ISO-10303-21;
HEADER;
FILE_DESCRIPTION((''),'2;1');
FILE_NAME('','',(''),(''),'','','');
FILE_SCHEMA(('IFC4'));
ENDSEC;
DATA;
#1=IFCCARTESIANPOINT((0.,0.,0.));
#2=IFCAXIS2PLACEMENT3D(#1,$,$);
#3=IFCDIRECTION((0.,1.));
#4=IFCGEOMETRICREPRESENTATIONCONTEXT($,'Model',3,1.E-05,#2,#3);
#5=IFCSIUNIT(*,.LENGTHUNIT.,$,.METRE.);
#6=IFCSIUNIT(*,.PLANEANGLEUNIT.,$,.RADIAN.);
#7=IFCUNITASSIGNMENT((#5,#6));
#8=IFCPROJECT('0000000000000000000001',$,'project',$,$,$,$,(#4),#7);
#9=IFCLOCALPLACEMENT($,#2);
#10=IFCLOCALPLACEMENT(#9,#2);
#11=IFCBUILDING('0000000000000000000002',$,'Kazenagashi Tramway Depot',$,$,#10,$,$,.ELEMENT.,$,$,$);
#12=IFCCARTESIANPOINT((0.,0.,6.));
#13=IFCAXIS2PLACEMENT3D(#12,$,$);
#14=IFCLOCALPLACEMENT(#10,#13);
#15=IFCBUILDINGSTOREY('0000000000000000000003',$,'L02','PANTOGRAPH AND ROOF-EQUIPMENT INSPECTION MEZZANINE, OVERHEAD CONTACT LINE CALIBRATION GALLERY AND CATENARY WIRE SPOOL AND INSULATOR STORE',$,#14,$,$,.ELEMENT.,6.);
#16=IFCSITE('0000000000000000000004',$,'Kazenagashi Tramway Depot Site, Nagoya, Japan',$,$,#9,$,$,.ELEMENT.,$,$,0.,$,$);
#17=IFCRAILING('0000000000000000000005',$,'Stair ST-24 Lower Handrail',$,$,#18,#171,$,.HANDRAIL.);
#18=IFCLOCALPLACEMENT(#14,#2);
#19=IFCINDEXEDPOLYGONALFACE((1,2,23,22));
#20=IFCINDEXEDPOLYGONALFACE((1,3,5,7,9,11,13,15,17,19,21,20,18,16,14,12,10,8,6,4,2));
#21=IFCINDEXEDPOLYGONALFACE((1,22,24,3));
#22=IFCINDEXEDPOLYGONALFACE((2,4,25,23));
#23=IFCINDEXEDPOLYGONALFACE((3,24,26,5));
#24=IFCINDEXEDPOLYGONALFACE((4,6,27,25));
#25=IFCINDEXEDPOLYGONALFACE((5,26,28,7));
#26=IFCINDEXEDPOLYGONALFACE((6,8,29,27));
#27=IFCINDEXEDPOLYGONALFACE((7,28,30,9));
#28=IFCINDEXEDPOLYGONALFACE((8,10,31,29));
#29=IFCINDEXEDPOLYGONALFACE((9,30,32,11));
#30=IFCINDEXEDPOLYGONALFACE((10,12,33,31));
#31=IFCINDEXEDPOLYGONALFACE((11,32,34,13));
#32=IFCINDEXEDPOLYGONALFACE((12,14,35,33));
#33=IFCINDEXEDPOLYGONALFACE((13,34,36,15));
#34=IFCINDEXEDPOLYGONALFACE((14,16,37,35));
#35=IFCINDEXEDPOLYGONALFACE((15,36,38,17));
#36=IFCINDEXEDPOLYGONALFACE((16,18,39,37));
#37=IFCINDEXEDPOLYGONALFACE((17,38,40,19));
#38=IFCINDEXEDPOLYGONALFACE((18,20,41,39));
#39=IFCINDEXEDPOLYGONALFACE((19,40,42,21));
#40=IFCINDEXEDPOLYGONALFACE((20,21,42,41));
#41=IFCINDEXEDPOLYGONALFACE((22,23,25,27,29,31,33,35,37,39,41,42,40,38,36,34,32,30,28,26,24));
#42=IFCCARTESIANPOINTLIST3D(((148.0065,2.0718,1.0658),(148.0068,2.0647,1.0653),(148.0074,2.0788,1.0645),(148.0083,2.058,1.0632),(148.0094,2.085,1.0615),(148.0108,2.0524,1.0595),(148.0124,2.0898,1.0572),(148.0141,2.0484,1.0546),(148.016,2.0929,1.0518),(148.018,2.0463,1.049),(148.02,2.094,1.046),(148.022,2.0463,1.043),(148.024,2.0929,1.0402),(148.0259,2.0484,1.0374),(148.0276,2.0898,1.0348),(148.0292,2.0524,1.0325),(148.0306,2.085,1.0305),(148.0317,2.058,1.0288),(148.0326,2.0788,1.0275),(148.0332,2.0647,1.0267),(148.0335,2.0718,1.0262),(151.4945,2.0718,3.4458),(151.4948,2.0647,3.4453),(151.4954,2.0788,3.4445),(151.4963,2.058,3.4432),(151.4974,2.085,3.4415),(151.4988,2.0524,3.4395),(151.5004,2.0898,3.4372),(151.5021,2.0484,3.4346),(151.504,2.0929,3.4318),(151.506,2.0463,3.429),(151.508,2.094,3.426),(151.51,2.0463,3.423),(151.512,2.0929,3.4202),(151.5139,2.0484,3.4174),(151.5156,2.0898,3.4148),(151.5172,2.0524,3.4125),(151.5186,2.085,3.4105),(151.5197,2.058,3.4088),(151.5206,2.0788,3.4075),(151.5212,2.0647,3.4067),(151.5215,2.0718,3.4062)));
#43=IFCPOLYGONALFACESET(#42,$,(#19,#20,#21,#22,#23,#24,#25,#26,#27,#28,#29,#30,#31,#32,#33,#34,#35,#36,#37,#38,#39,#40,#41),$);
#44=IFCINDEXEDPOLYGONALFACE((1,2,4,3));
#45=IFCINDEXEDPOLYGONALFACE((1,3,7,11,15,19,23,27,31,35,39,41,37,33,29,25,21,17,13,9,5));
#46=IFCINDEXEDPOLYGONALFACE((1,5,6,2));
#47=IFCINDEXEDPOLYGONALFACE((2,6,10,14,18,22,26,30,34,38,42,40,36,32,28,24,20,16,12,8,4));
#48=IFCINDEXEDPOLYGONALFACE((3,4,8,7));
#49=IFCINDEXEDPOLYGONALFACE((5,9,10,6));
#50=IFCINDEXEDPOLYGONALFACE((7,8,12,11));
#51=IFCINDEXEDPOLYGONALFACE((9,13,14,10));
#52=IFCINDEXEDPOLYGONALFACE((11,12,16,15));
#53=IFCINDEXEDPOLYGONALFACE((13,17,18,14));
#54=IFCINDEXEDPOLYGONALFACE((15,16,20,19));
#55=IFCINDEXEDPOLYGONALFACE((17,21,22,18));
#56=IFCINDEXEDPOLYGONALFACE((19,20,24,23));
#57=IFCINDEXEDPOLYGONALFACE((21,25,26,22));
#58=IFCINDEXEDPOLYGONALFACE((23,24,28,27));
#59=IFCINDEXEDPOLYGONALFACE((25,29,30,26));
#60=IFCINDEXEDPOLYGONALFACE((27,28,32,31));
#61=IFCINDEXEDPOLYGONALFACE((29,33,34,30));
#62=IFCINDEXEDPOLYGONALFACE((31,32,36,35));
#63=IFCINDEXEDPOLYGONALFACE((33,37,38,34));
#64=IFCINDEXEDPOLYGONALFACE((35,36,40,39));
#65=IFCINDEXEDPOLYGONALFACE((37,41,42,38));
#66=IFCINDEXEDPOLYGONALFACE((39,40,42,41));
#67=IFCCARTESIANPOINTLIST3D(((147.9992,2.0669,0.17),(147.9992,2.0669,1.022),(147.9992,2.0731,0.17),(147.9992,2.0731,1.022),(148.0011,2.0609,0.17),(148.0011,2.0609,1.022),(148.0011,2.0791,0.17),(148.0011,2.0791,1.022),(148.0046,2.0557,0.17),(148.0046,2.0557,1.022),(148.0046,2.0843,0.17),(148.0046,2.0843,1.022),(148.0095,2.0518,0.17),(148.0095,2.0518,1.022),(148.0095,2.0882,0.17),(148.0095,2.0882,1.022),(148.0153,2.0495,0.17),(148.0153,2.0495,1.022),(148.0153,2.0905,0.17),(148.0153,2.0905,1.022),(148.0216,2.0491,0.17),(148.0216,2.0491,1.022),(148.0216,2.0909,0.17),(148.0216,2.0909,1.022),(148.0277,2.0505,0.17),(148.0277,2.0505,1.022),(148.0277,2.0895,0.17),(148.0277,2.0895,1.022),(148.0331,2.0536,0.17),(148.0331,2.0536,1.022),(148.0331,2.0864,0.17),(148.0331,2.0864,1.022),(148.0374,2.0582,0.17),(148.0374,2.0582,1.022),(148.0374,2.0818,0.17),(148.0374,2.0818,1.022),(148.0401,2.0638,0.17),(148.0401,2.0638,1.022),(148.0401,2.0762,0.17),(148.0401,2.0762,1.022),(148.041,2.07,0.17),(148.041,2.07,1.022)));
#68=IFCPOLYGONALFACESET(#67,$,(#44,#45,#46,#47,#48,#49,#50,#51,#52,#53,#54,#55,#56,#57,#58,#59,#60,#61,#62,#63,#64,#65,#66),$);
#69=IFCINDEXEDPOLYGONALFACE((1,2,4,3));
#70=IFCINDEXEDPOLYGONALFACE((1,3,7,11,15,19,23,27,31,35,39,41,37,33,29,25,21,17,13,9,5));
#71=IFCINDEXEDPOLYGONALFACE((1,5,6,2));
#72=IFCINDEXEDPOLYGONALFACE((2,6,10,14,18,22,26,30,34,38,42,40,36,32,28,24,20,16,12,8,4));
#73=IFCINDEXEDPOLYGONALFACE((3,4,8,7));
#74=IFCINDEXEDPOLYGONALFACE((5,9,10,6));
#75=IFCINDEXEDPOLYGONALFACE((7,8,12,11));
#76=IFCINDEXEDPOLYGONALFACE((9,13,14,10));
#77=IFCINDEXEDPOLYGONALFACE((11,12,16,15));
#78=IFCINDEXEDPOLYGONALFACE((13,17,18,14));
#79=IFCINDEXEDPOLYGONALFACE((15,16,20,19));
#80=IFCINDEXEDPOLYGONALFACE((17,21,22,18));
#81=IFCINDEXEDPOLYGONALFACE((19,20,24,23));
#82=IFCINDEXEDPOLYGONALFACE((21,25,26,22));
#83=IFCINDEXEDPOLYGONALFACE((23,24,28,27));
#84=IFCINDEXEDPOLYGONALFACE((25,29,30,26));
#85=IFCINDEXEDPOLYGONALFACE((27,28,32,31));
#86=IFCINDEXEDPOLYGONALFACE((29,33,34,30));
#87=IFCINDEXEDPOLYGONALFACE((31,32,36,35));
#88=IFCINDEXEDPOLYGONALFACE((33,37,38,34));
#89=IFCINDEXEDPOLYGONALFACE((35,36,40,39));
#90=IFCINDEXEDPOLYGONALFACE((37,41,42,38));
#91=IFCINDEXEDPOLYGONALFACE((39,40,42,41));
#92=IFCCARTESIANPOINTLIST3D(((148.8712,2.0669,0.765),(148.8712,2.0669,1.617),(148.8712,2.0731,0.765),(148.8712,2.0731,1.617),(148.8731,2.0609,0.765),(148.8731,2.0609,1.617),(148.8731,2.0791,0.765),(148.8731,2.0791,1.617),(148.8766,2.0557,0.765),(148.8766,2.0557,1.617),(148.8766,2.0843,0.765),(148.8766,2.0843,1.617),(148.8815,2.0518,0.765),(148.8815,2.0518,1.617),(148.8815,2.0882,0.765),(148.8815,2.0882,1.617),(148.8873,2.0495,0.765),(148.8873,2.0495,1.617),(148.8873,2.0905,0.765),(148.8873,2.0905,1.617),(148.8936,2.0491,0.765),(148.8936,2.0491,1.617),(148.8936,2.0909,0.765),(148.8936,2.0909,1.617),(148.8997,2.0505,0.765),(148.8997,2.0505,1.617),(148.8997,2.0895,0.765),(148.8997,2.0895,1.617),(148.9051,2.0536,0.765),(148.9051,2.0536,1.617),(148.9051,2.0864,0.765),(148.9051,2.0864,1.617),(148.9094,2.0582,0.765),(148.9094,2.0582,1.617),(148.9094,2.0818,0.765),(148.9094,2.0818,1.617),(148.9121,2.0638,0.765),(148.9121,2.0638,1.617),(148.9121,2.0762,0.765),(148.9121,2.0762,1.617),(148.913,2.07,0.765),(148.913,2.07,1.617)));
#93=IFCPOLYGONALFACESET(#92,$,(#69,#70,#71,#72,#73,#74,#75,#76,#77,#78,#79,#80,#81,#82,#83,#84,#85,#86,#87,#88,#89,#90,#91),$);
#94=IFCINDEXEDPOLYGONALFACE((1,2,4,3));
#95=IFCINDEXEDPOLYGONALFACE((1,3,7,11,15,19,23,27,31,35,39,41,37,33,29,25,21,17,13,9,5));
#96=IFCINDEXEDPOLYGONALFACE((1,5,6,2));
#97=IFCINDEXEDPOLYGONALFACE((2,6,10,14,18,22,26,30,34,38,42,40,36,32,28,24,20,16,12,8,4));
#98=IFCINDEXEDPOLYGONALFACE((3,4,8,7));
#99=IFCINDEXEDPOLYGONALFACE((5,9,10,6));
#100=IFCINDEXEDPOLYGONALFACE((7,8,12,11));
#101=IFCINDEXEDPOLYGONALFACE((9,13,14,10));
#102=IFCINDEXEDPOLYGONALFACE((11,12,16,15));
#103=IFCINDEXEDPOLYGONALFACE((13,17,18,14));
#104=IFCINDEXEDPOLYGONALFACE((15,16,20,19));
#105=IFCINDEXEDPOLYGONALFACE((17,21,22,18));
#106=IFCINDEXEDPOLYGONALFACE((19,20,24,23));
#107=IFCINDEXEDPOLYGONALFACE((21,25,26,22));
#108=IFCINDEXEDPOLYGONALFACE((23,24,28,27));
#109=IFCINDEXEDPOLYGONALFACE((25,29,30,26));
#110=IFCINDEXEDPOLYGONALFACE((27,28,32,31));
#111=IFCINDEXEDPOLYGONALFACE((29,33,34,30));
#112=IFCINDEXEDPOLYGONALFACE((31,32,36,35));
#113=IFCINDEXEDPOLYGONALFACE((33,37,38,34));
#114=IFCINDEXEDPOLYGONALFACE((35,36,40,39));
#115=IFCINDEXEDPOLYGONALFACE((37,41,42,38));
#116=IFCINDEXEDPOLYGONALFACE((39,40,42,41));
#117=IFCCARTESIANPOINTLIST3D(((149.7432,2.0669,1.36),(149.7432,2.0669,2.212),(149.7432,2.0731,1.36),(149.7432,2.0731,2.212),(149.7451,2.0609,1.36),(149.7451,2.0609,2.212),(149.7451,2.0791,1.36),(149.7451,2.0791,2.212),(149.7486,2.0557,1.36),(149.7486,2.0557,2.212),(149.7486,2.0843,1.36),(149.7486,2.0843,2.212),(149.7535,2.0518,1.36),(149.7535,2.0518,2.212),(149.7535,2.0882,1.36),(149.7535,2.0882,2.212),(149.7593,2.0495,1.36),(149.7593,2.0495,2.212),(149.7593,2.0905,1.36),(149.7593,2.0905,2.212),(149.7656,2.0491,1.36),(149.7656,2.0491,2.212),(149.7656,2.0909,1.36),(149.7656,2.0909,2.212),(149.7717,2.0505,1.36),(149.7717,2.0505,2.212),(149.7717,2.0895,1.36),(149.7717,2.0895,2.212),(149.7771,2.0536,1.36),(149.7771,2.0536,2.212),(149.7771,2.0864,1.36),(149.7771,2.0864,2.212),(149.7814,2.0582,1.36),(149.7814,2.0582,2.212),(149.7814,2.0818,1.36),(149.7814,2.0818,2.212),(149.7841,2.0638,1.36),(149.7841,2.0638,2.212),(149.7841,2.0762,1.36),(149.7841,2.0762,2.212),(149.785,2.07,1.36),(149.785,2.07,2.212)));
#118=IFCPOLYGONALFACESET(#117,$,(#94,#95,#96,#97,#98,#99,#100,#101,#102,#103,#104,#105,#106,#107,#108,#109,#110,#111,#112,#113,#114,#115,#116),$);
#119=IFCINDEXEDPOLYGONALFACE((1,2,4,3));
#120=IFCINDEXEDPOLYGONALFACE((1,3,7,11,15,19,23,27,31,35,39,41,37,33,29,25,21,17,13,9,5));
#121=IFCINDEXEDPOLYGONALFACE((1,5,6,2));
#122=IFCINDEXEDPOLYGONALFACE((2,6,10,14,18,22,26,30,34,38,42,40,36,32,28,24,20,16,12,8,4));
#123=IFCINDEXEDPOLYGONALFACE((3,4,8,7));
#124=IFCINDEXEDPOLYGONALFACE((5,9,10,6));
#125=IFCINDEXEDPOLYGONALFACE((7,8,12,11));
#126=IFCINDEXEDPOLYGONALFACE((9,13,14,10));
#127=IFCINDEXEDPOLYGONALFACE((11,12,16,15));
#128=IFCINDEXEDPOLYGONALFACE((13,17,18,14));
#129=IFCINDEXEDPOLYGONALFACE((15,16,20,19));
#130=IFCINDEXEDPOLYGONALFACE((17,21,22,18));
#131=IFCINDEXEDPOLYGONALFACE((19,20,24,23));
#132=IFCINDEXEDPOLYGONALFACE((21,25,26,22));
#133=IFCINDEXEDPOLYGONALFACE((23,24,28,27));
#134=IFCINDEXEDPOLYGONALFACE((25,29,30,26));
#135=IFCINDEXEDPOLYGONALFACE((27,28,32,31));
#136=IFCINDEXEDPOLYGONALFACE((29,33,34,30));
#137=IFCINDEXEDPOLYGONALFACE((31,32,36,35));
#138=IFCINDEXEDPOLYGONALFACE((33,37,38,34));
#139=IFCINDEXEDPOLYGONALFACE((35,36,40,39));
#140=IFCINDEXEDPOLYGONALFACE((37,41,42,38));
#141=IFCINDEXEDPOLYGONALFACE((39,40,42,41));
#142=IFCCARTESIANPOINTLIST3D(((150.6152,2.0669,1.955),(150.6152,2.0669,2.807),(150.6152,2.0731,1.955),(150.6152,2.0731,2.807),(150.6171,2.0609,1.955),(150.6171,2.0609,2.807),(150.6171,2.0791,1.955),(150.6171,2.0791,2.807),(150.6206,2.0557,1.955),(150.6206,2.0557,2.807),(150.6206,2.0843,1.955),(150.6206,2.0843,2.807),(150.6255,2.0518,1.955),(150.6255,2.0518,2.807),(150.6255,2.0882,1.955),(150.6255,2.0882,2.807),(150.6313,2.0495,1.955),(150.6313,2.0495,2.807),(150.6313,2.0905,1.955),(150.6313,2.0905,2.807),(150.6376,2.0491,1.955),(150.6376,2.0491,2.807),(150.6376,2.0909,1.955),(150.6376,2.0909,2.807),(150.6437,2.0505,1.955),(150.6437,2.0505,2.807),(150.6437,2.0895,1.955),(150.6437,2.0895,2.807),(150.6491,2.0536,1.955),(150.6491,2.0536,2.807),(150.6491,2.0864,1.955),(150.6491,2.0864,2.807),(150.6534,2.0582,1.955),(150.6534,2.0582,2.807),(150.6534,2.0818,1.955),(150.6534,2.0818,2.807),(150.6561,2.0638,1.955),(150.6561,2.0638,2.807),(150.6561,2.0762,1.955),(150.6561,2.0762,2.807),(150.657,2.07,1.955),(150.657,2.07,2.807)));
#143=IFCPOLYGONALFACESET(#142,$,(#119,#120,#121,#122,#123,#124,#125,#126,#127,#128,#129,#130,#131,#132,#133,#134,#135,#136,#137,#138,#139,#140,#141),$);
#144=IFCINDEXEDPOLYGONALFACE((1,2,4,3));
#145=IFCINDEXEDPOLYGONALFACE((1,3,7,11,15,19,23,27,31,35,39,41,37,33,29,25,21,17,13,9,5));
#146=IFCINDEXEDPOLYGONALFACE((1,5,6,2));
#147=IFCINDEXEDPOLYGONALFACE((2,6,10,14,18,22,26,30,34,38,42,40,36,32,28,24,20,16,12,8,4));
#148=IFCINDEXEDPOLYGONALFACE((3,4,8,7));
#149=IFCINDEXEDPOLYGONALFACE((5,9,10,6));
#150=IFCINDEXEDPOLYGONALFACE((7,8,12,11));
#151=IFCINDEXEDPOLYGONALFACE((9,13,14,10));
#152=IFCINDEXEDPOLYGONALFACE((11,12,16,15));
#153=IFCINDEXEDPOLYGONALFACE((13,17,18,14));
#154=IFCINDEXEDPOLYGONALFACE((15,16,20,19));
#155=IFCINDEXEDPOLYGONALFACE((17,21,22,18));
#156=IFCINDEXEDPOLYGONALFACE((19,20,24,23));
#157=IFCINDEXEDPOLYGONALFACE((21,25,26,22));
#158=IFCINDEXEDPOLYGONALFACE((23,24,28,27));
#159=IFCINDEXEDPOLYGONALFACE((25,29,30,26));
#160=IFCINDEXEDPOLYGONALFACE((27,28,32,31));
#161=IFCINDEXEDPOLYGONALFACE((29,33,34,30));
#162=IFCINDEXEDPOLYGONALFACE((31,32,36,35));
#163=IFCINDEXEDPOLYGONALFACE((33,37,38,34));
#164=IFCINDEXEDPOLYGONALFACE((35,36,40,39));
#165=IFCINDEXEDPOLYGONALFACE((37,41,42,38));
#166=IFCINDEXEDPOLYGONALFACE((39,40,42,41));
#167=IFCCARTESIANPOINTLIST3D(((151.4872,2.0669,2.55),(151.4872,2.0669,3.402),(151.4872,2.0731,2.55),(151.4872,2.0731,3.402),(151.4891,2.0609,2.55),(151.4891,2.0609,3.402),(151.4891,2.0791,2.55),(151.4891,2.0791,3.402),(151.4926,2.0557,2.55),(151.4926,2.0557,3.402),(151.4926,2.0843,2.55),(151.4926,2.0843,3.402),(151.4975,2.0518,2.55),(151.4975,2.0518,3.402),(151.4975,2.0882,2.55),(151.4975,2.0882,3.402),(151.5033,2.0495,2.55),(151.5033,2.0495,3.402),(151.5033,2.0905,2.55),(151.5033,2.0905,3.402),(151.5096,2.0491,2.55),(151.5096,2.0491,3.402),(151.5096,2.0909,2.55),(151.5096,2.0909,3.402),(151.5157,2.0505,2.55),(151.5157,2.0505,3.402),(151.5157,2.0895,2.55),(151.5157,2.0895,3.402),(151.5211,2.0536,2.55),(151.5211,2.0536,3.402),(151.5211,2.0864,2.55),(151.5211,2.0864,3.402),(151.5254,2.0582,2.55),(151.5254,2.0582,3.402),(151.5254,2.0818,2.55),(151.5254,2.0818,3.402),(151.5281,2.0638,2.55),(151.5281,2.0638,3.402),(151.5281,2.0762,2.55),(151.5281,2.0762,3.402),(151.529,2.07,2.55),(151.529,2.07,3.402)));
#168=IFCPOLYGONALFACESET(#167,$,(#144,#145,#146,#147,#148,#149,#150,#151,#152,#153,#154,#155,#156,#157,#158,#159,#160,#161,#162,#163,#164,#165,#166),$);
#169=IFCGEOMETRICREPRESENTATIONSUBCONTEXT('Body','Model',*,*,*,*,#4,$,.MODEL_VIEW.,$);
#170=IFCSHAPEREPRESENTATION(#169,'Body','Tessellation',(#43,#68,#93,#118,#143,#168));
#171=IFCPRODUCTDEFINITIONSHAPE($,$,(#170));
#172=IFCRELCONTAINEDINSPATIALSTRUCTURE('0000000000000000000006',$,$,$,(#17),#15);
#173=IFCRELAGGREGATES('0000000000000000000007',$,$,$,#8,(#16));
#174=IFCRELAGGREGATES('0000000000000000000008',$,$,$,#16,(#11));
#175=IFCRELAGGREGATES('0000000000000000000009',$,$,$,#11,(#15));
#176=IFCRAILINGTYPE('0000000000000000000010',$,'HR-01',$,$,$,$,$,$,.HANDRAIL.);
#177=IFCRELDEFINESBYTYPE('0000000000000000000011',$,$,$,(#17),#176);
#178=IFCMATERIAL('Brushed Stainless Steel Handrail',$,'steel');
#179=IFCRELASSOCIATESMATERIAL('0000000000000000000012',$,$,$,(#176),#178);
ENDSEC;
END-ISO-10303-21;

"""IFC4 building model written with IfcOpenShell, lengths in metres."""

from ifc_helpers import new_model, si_unit, direction, frame, origin, origin_2d, place, context, subcontext, project, spatial, circle, extrude, material, type_object, element, save


model = new_model("IFC4")

# Units and contexts
model_context = context("Model", 3, precision=1e-05, world=origin(), true_north=direction((0.0, 1.0)))
body_context = subcontext(model_context, "Body", "Model", "MODEL_VIEW")
ifc_project = project(units=[si_unit("LENGTHUNIT", "METRE"), si_unit("PLANEANGLEUNIT", "RADIAN")], contexts=[model_context])

# Site, building, storey
site_placement = place(None, origin())
site = spatial("IfcSite", under=ifc_project, at=site_placement, Name="Kazenagashi Tramway Depot Site, Nagoya, Japan", CompositionType="ELEMENT", RefElevation=0.0)
building_placement = place(site_placement, origin())
building = spatial("IfcBuilding", under=site, at=building_placement, Name="Kazenagashi Tramway Depot", CompositionType="ELEMENT")
storey_placement = place(building_placement, frame((0.0, 0.0, 6.0)))
storey = spatial("IfcBuildingStorey", under=building, at=storey_placement, Name="L02", Description="PANTOGRAPH AND ROOF-EQUIPMENT INSPECTION MEZZANINE, OVERHEAD CONTACT LINE CALIBRATION GALLERY AND CATENARY WIRE SPOOL AND INSULATOR STORE", CompositionType="ELEMENT", Elevation=6.0)

# Railing
ifc_material_1 = material(Name="Brushed Stainless Steel Handrail", Category="steel")
railing_type_1 = type_object("IfcRailingType", Name="HR-01", PredefinedType="HANDRAIL", material=ifc_material_1)
railing_1_placement = place(storey_placement, frame((148.02, 2.07, 0.17)))
element("IfcRailing", 1, at=railing_1_placement, inside=storey, type_object=railing_type_1, Name="Stair ST-24 Lower Handrail", PredefinedType="HANDRAIL", context=body_context, shape_type="SweptSolid", body=[
    extrude(circle(Radius=0.024, at=origin_2d()), frame((0.0, 0.0, 0.876), z_axis=(0.826027, 0.0, 0.563631), x_axis=(0.0, 1.0, 0.0)), (0.0, 0.0, 1.0), 4.2226),
    extrude(circle(Radius=0.021, at=origin_2d()), origin(), (0.0, 0.0, 1.0), 0.852),
    extrude(circle(Radius=0.021, at=origin_2d()), frame((0.872, 0.0, 0.595)), (0.0, 0.0, 1.0), 0.852),
    extrude(circle(Radius=0.021, at=origin_2d()), frame((1.744, 0.0, 1.19)), (0.0, 0.0, 1.0), 0.852),
    extrude(circle(Radius=0.021, at=origin_2d()), frame((2.616, 0.0, 1.785)), (0.0, 0.0, 1.0), 0.852),
    extrude(circle(Radius=0.021, at=origin_2d()), frame((3.488, 0.0, 2.38)), (0.0, 0.0, 1.0), 0.852),
])

save(model, "model.ifc")
